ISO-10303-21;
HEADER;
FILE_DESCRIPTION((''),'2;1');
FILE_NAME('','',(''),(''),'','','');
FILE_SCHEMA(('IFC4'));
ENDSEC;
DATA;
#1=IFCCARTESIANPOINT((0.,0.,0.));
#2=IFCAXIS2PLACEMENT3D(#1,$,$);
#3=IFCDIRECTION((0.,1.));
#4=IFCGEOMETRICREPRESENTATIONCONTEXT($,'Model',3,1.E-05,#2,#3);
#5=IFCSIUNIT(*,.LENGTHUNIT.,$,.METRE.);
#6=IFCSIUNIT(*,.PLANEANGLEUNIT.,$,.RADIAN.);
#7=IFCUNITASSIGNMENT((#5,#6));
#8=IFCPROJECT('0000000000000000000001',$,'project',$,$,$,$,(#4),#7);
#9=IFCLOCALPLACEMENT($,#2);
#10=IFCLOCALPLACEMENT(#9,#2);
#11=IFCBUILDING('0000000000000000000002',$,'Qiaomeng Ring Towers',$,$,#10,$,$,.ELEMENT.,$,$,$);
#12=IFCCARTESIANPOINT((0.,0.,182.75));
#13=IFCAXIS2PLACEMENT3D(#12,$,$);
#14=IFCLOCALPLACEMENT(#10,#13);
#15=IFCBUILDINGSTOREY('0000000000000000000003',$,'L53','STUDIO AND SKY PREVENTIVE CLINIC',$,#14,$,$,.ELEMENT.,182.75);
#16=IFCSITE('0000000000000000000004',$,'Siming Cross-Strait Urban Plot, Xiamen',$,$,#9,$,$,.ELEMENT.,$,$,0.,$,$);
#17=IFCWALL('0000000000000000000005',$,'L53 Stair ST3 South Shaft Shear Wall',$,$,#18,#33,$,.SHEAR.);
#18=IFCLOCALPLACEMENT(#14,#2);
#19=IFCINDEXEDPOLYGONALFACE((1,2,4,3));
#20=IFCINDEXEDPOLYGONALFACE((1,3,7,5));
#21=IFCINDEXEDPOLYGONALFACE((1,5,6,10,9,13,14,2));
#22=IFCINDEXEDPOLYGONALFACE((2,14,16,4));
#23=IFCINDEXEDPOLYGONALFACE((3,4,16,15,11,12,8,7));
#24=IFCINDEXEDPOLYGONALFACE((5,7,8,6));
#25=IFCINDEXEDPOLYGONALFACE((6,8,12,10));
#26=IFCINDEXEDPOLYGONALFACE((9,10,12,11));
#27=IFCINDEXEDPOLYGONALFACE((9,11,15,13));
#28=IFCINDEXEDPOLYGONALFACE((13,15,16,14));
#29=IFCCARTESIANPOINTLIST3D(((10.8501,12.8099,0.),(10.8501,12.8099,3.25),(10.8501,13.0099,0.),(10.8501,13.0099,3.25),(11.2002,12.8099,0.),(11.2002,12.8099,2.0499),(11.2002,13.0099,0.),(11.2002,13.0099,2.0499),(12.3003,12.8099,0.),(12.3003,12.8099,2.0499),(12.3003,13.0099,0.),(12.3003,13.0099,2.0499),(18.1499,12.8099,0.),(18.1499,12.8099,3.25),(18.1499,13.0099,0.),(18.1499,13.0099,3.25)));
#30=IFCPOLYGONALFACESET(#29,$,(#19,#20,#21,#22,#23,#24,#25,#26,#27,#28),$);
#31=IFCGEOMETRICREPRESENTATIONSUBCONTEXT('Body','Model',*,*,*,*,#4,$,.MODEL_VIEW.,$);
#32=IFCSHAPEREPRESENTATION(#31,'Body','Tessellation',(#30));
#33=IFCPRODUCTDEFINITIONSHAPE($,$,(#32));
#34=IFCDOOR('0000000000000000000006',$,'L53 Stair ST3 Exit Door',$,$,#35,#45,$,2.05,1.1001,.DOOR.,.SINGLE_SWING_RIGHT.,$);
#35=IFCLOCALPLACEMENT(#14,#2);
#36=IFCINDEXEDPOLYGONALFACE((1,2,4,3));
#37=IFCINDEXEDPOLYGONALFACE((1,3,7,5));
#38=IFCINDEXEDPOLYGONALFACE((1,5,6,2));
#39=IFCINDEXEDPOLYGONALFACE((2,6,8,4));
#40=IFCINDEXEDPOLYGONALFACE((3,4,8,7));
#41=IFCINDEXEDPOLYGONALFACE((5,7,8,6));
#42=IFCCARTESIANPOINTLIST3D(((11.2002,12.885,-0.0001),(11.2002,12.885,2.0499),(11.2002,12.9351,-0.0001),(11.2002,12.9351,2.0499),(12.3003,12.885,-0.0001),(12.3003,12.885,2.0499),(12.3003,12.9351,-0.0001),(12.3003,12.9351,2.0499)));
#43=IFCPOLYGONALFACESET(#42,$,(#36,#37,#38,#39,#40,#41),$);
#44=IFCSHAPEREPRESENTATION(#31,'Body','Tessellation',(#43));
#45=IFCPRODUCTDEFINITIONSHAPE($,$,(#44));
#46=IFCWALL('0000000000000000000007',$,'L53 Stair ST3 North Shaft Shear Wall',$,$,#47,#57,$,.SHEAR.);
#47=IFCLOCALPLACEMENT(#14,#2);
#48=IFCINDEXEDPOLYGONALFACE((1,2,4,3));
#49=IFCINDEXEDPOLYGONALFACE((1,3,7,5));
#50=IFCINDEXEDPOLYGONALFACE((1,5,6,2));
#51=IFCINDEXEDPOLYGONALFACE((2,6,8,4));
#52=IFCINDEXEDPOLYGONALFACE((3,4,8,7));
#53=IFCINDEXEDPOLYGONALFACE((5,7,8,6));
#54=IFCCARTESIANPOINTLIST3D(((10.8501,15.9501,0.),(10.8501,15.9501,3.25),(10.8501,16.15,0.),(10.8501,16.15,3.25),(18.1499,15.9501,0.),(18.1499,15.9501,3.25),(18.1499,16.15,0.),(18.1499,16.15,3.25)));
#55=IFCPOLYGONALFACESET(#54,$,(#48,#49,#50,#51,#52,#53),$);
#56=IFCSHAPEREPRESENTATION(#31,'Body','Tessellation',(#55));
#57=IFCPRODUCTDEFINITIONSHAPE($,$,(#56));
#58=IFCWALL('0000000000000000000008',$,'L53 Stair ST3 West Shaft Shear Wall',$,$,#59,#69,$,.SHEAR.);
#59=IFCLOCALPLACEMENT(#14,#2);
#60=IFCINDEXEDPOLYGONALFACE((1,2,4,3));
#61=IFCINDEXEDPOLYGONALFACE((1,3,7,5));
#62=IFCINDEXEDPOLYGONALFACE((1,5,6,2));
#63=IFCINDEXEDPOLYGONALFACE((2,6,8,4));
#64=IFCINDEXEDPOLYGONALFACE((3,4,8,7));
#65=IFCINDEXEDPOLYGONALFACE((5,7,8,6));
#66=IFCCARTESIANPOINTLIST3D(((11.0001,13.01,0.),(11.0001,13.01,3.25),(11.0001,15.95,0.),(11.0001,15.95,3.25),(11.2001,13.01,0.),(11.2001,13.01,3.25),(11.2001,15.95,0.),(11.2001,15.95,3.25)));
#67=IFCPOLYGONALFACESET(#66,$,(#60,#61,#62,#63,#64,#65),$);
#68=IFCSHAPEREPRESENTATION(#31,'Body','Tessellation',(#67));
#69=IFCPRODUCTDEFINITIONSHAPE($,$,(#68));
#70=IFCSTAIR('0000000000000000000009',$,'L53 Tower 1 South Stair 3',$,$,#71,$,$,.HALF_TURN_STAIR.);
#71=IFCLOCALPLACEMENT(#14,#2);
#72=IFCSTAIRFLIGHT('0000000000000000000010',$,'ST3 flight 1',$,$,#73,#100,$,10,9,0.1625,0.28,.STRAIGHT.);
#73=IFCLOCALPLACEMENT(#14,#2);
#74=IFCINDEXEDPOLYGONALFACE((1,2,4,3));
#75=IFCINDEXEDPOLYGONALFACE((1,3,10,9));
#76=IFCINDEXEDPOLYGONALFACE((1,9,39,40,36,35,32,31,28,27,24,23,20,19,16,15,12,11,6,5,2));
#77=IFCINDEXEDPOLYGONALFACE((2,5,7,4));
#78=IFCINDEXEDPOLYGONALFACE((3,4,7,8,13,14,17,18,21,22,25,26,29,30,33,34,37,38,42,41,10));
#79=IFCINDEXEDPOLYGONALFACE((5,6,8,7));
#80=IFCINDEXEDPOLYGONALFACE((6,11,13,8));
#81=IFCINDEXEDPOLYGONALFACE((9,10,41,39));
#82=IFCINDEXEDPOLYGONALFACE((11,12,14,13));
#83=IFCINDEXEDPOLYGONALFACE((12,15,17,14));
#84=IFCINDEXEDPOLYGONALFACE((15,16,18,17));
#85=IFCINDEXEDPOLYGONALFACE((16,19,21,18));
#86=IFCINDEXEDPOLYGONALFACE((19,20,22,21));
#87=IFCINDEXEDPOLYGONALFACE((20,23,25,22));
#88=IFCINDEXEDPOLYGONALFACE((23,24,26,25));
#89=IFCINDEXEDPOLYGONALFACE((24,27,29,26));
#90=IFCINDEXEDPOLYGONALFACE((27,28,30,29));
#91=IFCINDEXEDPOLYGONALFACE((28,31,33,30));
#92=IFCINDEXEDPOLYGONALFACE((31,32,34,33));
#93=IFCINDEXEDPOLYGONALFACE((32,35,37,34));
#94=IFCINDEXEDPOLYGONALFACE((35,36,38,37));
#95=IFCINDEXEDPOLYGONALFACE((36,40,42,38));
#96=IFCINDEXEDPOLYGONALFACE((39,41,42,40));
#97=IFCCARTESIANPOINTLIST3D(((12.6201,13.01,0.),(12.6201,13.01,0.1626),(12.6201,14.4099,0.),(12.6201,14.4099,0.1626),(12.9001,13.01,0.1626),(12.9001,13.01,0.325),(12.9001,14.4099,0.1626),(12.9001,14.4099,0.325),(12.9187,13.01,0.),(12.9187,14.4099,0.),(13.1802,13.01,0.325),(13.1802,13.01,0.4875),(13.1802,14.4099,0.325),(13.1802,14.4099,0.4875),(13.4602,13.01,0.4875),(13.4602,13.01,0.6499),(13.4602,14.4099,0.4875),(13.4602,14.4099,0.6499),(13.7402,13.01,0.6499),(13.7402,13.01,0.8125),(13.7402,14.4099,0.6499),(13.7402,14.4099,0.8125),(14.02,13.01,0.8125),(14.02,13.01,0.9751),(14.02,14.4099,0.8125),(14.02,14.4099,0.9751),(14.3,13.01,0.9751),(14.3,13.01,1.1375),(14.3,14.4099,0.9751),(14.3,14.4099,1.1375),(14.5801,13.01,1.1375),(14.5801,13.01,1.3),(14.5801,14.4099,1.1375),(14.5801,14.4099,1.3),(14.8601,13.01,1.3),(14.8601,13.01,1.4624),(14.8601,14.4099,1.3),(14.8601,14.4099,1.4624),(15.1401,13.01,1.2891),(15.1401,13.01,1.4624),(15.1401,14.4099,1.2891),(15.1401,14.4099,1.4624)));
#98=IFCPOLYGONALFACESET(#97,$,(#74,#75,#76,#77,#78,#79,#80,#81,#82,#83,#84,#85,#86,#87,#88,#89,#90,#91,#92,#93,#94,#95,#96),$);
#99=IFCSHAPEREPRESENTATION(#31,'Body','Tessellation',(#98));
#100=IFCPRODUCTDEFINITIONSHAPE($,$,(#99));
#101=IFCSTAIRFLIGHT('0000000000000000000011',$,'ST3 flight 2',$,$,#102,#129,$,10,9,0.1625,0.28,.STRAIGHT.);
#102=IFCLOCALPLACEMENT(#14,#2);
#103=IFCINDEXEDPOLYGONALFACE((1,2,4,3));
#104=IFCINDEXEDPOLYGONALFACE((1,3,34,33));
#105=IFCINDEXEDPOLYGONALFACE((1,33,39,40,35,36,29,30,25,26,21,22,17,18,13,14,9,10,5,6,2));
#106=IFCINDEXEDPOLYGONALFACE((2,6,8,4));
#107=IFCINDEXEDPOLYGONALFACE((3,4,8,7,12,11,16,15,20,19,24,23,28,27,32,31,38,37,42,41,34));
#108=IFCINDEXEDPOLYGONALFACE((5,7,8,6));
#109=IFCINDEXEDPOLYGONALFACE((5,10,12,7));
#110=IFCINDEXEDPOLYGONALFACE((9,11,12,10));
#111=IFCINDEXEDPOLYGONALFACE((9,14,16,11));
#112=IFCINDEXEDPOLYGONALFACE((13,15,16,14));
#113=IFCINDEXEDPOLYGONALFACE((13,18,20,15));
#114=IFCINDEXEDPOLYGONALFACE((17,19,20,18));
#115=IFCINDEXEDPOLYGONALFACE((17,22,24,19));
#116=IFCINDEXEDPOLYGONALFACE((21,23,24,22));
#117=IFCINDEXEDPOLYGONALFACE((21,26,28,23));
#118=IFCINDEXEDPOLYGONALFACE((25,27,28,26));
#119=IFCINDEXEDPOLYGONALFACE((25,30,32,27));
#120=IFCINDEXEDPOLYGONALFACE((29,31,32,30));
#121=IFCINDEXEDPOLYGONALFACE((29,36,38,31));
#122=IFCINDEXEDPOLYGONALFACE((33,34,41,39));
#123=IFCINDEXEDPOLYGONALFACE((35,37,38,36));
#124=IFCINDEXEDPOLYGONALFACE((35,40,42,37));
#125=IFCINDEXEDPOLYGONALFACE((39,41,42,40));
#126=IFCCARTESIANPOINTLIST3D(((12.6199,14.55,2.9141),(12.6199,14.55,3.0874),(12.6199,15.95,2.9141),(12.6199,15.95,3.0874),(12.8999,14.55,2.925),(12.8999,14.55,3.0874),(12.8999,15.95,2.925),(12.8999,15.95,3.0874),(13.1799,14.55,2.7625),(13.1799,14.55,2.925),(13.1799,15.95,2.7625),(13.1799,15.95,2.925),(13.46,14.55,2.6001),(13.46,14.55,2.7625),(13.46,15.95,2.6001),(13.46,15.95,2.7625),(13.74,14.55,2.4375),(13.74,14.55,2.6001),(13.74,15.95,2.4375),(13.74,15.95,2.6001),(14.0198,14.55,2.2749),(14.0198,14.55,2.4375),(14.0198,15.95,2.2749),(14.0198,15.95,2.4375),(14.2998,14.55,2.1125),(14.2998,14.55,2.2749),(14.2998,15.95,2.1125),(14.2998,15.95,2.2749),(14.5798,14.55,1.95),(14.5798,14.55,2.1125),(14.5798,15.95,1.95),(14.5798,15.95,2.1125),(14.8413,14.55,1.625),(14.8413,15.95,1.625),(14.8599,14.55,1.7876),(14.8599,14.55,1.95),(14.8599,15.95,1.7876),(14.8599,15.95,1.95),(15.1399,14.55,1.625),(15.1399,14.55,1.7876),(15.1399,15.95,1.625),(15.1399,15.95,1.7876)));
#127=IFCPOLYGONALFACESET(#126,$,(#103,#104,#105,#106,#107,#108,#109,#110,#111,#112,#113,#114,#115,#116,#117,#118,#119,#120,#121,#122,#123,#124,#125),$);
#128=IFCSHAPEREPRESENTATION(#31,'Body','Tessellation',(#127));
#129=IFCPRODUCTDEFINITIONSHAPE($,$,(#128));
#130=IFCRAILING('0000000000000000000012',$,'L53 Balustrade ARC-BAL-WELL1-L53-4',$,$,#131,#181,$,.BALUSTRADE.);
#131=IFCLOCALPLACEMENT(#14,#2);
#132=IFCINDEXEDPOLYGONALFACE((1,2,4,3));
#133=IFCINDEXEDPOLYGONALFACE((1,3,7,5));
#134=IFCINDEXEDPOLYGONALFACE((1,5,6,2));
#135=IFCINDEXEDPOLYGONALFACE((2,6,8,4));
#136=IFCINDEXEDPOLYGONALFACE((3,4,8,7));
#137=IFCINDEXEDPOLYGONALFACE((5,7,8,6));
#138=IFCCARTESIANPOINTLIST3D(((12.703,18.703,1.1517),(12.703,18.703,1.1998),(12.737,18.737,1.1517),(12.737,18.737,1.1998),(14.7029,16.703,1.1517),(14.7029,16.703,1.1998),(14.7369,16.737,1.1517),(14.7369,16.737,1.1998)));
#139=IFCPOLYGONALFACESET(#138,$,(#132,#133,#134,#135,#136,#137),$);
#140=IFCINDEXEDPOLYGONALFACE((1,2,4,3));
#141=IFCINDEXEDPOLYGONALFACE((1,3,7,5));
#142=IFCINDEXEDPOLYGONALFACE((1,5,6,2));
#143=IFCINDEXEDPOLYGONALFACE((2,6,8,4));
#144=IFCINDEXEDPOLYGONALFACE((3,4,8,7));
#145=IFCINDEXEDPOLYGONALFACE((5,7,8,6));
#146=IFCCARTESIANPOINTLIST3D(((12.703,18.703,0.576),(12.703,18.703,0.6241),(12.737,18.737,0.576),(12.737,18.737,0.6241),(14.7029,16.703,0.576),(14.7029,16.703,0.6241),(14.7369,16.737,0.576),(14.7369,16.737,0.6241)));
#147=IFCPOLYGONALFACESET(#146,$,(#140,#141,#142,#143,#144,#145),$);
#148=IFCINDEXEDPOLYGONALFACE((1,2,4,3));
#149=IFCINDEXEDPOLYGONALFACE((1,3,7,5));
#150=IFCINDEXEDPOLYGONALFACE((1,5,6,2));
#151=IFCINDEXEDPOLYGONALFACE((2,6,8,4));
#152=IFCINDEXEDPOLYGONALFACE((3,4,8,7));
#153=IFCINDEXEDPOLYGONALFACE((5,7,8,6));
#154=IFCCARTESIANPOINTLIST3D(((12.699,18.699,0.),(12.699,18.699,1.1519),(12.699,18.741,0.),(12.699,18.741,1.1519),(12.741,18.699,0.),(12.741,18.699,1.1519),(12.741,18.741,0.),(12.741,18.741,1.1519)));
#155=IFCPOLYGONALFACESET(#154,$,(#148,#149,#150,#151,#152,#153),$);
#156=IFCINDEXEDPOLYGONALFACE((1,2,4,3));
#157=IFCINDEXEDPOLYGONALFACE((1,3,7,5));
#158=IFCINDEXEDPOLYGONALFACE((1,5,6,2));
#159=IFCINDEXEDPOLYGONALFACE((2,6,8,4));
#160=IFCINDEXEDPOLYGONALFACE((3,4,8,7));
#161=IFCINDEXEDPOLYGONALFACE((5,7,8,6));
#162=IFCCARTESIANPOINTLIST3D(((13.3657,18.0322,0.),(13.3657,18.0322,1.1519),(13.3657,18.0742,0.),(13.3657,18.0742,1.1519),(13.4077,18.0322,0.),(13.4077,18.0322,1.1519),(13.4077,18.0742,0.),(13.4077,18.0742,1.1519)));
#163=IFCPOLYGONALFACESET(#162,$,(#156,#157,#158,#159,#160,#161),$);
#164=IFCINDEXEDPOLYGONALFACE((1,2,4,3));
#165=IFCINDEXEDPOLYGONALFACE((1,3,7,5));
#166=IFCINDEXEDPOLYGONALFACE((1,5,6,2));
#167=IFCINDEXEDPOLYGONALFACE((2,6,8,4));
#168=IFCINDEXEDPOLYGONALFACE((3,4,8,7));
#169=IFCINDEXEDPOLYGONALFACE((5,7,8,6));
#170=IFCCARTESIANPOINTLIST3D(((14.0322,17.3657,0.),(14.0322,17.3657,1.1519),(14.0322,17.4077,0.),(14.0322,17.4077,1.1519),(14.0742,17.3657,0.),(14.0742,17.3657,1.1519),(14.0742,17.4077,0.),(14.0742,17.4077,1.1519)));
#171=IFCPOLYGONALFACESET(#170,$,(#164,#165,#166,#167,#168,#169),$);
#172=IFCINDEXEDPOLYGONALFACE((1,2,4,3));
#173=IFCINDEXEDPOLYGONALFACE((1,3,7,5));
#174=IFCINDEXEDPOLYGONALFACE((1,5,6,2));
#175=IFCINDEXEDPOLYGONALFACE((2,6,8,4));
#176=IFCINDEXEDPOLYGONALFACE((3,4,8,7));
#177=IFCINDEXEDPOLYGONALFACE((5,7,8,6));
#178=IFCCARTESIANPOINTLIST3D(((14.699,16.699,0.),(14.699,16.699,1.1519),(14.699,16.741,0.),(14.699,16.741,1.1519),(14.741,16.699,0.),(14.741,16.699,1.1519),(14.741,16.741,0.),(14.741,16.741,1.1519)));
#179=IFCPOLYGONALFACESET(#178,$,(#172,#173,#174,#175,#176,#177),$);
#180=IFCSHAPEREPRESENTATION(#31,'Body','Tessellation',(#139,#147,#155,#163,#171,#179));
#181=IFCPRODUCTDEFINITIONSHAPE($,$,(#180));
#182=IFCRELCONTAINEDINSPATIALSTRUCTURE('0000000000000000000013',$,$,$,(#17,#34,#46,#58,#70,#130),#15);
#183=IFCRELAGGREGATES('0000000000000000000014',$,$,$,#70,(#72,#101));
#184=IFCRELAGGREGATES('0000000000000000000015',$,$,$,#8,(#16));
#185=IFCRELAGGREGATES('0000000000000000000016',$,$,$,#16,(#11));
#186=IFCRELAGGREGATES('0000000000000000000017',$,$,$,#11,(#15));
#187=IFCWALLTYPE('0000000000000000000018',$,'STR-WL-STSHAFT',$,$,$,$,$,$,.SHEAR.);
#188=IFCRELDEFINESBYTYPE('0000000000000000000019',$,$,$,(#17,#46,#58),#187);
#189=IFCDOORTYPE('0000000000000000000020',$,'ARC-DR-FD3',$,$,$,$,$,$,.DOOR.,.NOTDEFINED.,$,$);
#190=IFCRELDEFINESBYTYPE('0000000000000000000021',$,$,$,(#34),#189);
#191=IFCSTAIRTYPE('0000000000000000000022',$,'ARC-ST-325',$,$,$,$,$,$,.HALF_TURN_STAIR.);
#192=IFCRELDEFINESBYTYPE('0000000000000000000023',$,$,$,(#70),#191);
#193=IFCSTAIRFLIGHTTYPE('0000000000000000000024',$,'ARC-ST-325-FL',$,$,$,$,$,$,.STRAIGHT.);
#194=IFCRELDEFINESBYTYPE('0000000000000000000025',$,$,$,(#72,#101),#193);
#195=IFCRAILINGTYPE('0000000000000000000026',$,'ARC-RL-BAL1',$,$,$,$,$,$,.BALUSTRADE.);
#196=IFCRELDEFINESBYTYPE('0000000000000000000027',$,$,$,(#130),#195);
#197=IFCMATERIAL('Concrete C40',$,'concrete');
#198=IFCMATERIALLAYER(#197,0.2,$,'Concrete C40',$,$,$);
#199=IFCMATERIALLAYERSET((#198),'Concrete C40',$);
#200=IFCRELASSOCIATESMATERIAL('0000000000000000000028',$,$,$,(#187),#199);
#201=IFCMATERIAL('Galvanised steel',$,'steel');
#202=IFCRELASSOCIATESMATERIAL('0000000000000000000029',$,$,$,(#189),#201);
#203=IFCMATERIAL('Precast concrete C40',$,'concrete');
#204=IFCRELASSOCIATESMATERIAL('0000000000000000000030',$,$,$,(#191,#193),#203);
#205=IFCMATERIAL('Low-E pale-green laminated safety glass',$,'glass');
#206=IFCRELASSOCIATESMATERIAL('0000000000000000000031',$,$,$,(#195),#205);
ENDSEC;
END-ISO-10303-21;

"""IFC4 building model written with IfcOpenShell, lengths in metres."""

from ifc_helpers import new_model, si_unit, direction, frame, frame_2d, origin, origin_2d, place, context, subcontext, project, spatial, polyline, rectangle, outline, extrude, source, transform, mapped, material, layer, layer_set, type_object, element, fill, aggregate, save


model = new_model("IFC4")

# Units and contexts
model_context = context("Model", 3, precision=1e-05, world=origin(), true_north=direction((0.0, 1.0)))
body_context = subcontext(model_context, "Body", "Model", "MODEL_VIEW")
ifc_project = project(units=[si_unit("LENGTHUNIT", "METRE"), si_unit("PLANEANGLEUNIT", "RADIAN")], contexts=[model_context])

# Site, building, storey
site_placement = place(None, origin())
site = spatial("IfcSite", under=ifc_project, at=site_placement, Name="Siming Cross-Strait Urban Plot, Xiamen", CompositionType="ELEMENT", RefElevation=0.0)
building_placement = place(site_placement, origin())
building = spatial("IfcBuilding", under=site, at=building_placement, Name="Qiaomeng Ring Towers", CompositionType="ELEMENT")
storey_placement = place(building_placement, frame((0.0, 0.0, 182.75)))
storey = spatial("IfcBuildingStorey", under=building, at=storey_placement, Name="L53", Description="STUDIO AND SKY PREVENTIVE CLINIC", CompositionType="ELEMENT", Elevation=182.75)

# Shared definitions
ifc_material_1 = material(Name="Concrete C40", Category="concrete")
ifc_layer_1 = layer(ifc_material_1, 0.2, Name="Concrete C40")
ifc_layer_set_1 = layer_set([ifc_layer_1], Name="Concrete C40")
wall_type_1 = type_object("IfcWallType", Name="STR-WL-STSHAFT", PredefinedType="SHEAR", material=ifc_layer_set_1)

# Wall, opening, door
wall_1_placement = place(storey_placement, frame((10.8501, 12.9099, 0.0), z_axis=(0.0, 0.0, 1.0), x_axis=(1.0, 0.0, 0.0)))
wall_1 = element("IfcWall", 1, at=wall_1_placement, inside=storey, type_object=wall_type_1, Name="L53 Stair ST3 South Shaft Shear Wall", PredefinedType="SHEAR", context=body_context, shape_type="SweptSolid", body=[
    extrude(rectangle(XDim=7.2998, YDim=0.2, at=frame_2d((3.6499, 0.0))), origin(), (0.0, 0.0, 1.0), 3.25),
])
opening_1_placement = place(wall_1_placement, frame((0.3501, 0.0, 0.0)))
opening_1 = element("IfcOpeningElement", 2, at=opening_1_placement, cuts=wall_1, PredefinedType="OPENING", context=body_context, shape_type="SweptSolid", body=[
    extrude(rectangle(XDim=1.1001, YDim=2.05, at=frame_2d((0.55, 1.0249))), frame((0.0, 0.1099, 0.0), z_axis=(0.0, -1.0, 0.0), x_axis=(1.0, 0.0, 0.0)), (0.0, 0.0, 1.0), 0.22),
])
ifc_material_2 = material(Name="Galvanised steel", Category="steel")
door_type_1 = type_object("IfcDoorType", Name="ARC-DR-FD3", OperationType="NOTDEFINED", PredefinedType="DOOR", material=ifc_material_2)
shared_shape_1 = source(origin(), body_context, "Body", "SweptSolid", [
    extrude(rectangle(XDim=1.1001, YDim=2.05, at=frame_2d((0.55, 1.0249))), frame((0.0, 0.0249, 0.0), z_axis=(0.0, -1.0, 0.0), x_axis=(1.0, 0.0, 0.0)), (0.0, 0.0, 1.0), 0.05),
])
door_1_placement = place(opening_1_placement, frame((1.1001, 0.0, 0.0), z_axis=(0.0, 0.0, 1.0), x_axis=(-1.0, 0.0, 0.0)))
door_1 = element("IfcDoor", 3, at=door_1_placement, inside=storey, type_object=door_type_1, Name="L53 Stair ST3 Exit Door", OperationType="SINGLE_SWING_RIGHT", OverallHeight=2.05, OverallWidth=1.1001, PredefinedType="DOOR", context=body_context, shape_type="MappedRepresentation", body=[
    mapped(shared_shape_1, transform((0.0, 0.0, 0.0), x_axis=(1.0, 0.0, 0.0), y_axis=(0.0, 1.0, 0.0), z_axis=(0.0, 0.0, 1.0), scale=1.0)),
])
fill(opening_1, door_1)

# Walls
wall_2_placement = place(storey_placement, frame((10.8501, 16.05, 0.0), z_axis=(0.0, 0.0, 1.0), x_axis=(1.0, 0.0, 0.0)))
element("IfcWall", 4, at=wall_2_placement, inside=storey, type_object=wall_type_1, Name="L53 Stair ST3 North Shaft Shear Wall", PredefinedType="SHEAR", context=body_context, shape_type="SweptSolid", body=[
    extrude(rectangle(XDim=7.2998, YDim=0.2, at=frame_2d((3.6499, 0.0))), origin(), (0.0, 0.0, 1.0), 3.25),
])
wall_3_placement = place(storey_placement, frame((11.1001, 13.01, 0.0), z_axis=(0.0, 0.0, 1.0), x_axis=(0.0, 1.0, 0.0)))
element("IfcWall", 5, at=wall_3_placement, inside=storey, type_object=wall_type_1, Name="L53 Stair ST3 West Shaft Shear Wall", PredefinedType="SHEAR", context=body_context, shape_type="SweptSolid", body=[
    extrude(rectangle(XDim=2.9399, YDim=0.2, at=frame_2d((1.47, 0.0))), origin(), (0.0, 0.0, 1.0), 3.25),
])

# Stair, stair flights
ifc_material_3 = material(Name="Precast concrete C40", Category="concrete")
stair_type = type_object("IfcStairType", Name="ARC-ST-325", PredefinedType="HALF_TURN_STAIR", material=ifc_material_3)
stair_placement = place(storey_placement, origin())
stair = element("IfcStair", 6, at=stair_placement, inside=storey, type_object=stair_type, Name="L53 Tower 1 South Stair 3", PredefinedType="HALF_TURN_STAIR")
stair_flight_type = type_object("IfcStairFlightType", Name="ARC-ST-325-FL", PredefinedType="STRAIGHT", material=ifc_material_3)
shared_shape_2 = source(origin(), body_context, "Body", "SweptSolid", [
    extrude(outline(polyline([(0.0, 0.0), (0.0, 0.1626), (0.28, 0.1626), (0.28, 0.325), (0.5601, 0.325), (0.5601, 0.4875), (0.8401, 0.4875), (0.8401, 0.6499), (1.1201, 0.6499), (1.1201, 0.8125), (1.3999, 0.8125), (1.3999, 0.9751), (1.6799, 0.9751), (1.6799, 1.1375), (1.96, 1.1375), (1.96, 1.3), (2.24, 1.3), (2.24, 1.4624), (2.52, 1.4624), (2.52, 1.625), (2.52, 1.2891), (0.2986, 0.0), (0.0, 0.0)])), frame((0.0, 0.7, 0.0), z_axis=(0.0, -1.0, 0.0), x_axis=(1.0, 0.0, 0.0)), (0.0, 0.0, 1.0), 1.3999),
])
stair_flight_1_placement = place(storey_placement, frame((12.6201, 13.71, 0.0), z_axis=(0.0, 0.0, 1.0), x_axis=(1.0, 0.0, 0.0)))
stair_flight_1 = element("IfcStairFlight", 7, at=stair_flight_1_placement, type_object=stair_flight_type, Name="ST3 flight 1", NumberOfRisers=10, NumberOfTreads=9, PredefinedType="STRAIGHT", RiserHeight=0.1625, TreadLength=0.28, context=body_context, shape_type="MappedRepresentation", body=[
    mapped(shared_shape_2, transform((0.0, 0.0, 0.0), x_axis=(1.0, 0.0, 0.0), y_axis=(0.0, 1.0, 0.0), z_axis=(0.0, 0.0, 1.0), scale=1.0)),
])
stair_flight_2_placement = place(storey_placement, frame((15.1399, 15.25, 1.625), z_axis=(0.0, 0.0, 1.0), x_axis=(-1.0, 0.0, 0.0)))
stair_flight_2 = element("IfcStairFlight", 8, at=stair_flight_2_placement, type_object=stair_flight_type, Name="ST3 flight 2", NumberOfRisers=10, NumberOfTreads=9, PredefinedType="STRAIGHT", RiserHeight=0.1625, TreadLength=0.28, context=body_context, shape_type="MappedRepresentation", body=[
    mapped(shared_shape_2, transform((0.0, 0.0, 0.0), x_axis=(1.0, 0.0, 0.0), y_axis=(0.0, 1.0, 0.0), z_axis=(0.0, 0.0, 1.0), scale=1.0)),
])
aggregate(stair, [stair_flight_1, stair_flight_2])

# Railing
ifc_material_4 = material(Name="Low-E pale-green laminated safety glass", Category="glass")
railing_type_1 = type_object("IfcRailingType", Name="ARC-RL-BAL1", PredefinedType="BALUSTRADE", material=ifc_material_4)
railing_1_placement = place(storey_placement, frame((12.72, 18.72, 0.0)))
element("IfcRailing", 9, at=railing_1_placement, inside=storey, type_object=railing_type_1, Name="L53 Balustrade ARC-BAL-WELL1-L53-4", PredefinedType="BALUSTRADE", context=body_context, shape_type="SweptSolid", body=[
    extrude(rectangle(XDim=0.0481, YDim=0.0481, at=origin_2d()), frame((0.0, 0.0, 1.1758), z_axis=(0.707107, -0.707107, 0.0), x_axis=(0.707107, 0.707107, 0.0)), (0.0, 0.0, 1.0), 2.8284),
    extrude(rectangle(XDim=0.0481, YDim=0.0481, at=origin_2d()), frame((0.0, 0.0, 0.6001), z_axis=(0.707107, -0.707107, 0.0), x_axis=(0.707107, 0.707107, 0.0)), (0.0, 0.0, 1.0), 2.8284),
    extrude(rectangle(XDim=0.042, YDim=0.042, at=origin_2d()), origin(), (0.0, 0.0, 1.0), 1.1519),
    extrude(rectangle(XDim=0.042, YDim=0.042, at=origin_2d()), frame((0.6667, -0.6667, 0.0)), (0.0, 0.0, 1.0), 1.1519),
    extrude(rectangle(XDim=0.042, YDim=0.042, at=origin_2d()), frame((1.3333, -1.3333, 0.0)), (0.0, 0.0, 1.0), 1.1519),
    extrude(rectangle(XDim=0.042, YDim=0.042, at=origin_2d()), frame((2.0, -2.0, 0.0)), (0.0, 0.0, 1.0), 1.1519),
])

save(model, "model.ifc")
